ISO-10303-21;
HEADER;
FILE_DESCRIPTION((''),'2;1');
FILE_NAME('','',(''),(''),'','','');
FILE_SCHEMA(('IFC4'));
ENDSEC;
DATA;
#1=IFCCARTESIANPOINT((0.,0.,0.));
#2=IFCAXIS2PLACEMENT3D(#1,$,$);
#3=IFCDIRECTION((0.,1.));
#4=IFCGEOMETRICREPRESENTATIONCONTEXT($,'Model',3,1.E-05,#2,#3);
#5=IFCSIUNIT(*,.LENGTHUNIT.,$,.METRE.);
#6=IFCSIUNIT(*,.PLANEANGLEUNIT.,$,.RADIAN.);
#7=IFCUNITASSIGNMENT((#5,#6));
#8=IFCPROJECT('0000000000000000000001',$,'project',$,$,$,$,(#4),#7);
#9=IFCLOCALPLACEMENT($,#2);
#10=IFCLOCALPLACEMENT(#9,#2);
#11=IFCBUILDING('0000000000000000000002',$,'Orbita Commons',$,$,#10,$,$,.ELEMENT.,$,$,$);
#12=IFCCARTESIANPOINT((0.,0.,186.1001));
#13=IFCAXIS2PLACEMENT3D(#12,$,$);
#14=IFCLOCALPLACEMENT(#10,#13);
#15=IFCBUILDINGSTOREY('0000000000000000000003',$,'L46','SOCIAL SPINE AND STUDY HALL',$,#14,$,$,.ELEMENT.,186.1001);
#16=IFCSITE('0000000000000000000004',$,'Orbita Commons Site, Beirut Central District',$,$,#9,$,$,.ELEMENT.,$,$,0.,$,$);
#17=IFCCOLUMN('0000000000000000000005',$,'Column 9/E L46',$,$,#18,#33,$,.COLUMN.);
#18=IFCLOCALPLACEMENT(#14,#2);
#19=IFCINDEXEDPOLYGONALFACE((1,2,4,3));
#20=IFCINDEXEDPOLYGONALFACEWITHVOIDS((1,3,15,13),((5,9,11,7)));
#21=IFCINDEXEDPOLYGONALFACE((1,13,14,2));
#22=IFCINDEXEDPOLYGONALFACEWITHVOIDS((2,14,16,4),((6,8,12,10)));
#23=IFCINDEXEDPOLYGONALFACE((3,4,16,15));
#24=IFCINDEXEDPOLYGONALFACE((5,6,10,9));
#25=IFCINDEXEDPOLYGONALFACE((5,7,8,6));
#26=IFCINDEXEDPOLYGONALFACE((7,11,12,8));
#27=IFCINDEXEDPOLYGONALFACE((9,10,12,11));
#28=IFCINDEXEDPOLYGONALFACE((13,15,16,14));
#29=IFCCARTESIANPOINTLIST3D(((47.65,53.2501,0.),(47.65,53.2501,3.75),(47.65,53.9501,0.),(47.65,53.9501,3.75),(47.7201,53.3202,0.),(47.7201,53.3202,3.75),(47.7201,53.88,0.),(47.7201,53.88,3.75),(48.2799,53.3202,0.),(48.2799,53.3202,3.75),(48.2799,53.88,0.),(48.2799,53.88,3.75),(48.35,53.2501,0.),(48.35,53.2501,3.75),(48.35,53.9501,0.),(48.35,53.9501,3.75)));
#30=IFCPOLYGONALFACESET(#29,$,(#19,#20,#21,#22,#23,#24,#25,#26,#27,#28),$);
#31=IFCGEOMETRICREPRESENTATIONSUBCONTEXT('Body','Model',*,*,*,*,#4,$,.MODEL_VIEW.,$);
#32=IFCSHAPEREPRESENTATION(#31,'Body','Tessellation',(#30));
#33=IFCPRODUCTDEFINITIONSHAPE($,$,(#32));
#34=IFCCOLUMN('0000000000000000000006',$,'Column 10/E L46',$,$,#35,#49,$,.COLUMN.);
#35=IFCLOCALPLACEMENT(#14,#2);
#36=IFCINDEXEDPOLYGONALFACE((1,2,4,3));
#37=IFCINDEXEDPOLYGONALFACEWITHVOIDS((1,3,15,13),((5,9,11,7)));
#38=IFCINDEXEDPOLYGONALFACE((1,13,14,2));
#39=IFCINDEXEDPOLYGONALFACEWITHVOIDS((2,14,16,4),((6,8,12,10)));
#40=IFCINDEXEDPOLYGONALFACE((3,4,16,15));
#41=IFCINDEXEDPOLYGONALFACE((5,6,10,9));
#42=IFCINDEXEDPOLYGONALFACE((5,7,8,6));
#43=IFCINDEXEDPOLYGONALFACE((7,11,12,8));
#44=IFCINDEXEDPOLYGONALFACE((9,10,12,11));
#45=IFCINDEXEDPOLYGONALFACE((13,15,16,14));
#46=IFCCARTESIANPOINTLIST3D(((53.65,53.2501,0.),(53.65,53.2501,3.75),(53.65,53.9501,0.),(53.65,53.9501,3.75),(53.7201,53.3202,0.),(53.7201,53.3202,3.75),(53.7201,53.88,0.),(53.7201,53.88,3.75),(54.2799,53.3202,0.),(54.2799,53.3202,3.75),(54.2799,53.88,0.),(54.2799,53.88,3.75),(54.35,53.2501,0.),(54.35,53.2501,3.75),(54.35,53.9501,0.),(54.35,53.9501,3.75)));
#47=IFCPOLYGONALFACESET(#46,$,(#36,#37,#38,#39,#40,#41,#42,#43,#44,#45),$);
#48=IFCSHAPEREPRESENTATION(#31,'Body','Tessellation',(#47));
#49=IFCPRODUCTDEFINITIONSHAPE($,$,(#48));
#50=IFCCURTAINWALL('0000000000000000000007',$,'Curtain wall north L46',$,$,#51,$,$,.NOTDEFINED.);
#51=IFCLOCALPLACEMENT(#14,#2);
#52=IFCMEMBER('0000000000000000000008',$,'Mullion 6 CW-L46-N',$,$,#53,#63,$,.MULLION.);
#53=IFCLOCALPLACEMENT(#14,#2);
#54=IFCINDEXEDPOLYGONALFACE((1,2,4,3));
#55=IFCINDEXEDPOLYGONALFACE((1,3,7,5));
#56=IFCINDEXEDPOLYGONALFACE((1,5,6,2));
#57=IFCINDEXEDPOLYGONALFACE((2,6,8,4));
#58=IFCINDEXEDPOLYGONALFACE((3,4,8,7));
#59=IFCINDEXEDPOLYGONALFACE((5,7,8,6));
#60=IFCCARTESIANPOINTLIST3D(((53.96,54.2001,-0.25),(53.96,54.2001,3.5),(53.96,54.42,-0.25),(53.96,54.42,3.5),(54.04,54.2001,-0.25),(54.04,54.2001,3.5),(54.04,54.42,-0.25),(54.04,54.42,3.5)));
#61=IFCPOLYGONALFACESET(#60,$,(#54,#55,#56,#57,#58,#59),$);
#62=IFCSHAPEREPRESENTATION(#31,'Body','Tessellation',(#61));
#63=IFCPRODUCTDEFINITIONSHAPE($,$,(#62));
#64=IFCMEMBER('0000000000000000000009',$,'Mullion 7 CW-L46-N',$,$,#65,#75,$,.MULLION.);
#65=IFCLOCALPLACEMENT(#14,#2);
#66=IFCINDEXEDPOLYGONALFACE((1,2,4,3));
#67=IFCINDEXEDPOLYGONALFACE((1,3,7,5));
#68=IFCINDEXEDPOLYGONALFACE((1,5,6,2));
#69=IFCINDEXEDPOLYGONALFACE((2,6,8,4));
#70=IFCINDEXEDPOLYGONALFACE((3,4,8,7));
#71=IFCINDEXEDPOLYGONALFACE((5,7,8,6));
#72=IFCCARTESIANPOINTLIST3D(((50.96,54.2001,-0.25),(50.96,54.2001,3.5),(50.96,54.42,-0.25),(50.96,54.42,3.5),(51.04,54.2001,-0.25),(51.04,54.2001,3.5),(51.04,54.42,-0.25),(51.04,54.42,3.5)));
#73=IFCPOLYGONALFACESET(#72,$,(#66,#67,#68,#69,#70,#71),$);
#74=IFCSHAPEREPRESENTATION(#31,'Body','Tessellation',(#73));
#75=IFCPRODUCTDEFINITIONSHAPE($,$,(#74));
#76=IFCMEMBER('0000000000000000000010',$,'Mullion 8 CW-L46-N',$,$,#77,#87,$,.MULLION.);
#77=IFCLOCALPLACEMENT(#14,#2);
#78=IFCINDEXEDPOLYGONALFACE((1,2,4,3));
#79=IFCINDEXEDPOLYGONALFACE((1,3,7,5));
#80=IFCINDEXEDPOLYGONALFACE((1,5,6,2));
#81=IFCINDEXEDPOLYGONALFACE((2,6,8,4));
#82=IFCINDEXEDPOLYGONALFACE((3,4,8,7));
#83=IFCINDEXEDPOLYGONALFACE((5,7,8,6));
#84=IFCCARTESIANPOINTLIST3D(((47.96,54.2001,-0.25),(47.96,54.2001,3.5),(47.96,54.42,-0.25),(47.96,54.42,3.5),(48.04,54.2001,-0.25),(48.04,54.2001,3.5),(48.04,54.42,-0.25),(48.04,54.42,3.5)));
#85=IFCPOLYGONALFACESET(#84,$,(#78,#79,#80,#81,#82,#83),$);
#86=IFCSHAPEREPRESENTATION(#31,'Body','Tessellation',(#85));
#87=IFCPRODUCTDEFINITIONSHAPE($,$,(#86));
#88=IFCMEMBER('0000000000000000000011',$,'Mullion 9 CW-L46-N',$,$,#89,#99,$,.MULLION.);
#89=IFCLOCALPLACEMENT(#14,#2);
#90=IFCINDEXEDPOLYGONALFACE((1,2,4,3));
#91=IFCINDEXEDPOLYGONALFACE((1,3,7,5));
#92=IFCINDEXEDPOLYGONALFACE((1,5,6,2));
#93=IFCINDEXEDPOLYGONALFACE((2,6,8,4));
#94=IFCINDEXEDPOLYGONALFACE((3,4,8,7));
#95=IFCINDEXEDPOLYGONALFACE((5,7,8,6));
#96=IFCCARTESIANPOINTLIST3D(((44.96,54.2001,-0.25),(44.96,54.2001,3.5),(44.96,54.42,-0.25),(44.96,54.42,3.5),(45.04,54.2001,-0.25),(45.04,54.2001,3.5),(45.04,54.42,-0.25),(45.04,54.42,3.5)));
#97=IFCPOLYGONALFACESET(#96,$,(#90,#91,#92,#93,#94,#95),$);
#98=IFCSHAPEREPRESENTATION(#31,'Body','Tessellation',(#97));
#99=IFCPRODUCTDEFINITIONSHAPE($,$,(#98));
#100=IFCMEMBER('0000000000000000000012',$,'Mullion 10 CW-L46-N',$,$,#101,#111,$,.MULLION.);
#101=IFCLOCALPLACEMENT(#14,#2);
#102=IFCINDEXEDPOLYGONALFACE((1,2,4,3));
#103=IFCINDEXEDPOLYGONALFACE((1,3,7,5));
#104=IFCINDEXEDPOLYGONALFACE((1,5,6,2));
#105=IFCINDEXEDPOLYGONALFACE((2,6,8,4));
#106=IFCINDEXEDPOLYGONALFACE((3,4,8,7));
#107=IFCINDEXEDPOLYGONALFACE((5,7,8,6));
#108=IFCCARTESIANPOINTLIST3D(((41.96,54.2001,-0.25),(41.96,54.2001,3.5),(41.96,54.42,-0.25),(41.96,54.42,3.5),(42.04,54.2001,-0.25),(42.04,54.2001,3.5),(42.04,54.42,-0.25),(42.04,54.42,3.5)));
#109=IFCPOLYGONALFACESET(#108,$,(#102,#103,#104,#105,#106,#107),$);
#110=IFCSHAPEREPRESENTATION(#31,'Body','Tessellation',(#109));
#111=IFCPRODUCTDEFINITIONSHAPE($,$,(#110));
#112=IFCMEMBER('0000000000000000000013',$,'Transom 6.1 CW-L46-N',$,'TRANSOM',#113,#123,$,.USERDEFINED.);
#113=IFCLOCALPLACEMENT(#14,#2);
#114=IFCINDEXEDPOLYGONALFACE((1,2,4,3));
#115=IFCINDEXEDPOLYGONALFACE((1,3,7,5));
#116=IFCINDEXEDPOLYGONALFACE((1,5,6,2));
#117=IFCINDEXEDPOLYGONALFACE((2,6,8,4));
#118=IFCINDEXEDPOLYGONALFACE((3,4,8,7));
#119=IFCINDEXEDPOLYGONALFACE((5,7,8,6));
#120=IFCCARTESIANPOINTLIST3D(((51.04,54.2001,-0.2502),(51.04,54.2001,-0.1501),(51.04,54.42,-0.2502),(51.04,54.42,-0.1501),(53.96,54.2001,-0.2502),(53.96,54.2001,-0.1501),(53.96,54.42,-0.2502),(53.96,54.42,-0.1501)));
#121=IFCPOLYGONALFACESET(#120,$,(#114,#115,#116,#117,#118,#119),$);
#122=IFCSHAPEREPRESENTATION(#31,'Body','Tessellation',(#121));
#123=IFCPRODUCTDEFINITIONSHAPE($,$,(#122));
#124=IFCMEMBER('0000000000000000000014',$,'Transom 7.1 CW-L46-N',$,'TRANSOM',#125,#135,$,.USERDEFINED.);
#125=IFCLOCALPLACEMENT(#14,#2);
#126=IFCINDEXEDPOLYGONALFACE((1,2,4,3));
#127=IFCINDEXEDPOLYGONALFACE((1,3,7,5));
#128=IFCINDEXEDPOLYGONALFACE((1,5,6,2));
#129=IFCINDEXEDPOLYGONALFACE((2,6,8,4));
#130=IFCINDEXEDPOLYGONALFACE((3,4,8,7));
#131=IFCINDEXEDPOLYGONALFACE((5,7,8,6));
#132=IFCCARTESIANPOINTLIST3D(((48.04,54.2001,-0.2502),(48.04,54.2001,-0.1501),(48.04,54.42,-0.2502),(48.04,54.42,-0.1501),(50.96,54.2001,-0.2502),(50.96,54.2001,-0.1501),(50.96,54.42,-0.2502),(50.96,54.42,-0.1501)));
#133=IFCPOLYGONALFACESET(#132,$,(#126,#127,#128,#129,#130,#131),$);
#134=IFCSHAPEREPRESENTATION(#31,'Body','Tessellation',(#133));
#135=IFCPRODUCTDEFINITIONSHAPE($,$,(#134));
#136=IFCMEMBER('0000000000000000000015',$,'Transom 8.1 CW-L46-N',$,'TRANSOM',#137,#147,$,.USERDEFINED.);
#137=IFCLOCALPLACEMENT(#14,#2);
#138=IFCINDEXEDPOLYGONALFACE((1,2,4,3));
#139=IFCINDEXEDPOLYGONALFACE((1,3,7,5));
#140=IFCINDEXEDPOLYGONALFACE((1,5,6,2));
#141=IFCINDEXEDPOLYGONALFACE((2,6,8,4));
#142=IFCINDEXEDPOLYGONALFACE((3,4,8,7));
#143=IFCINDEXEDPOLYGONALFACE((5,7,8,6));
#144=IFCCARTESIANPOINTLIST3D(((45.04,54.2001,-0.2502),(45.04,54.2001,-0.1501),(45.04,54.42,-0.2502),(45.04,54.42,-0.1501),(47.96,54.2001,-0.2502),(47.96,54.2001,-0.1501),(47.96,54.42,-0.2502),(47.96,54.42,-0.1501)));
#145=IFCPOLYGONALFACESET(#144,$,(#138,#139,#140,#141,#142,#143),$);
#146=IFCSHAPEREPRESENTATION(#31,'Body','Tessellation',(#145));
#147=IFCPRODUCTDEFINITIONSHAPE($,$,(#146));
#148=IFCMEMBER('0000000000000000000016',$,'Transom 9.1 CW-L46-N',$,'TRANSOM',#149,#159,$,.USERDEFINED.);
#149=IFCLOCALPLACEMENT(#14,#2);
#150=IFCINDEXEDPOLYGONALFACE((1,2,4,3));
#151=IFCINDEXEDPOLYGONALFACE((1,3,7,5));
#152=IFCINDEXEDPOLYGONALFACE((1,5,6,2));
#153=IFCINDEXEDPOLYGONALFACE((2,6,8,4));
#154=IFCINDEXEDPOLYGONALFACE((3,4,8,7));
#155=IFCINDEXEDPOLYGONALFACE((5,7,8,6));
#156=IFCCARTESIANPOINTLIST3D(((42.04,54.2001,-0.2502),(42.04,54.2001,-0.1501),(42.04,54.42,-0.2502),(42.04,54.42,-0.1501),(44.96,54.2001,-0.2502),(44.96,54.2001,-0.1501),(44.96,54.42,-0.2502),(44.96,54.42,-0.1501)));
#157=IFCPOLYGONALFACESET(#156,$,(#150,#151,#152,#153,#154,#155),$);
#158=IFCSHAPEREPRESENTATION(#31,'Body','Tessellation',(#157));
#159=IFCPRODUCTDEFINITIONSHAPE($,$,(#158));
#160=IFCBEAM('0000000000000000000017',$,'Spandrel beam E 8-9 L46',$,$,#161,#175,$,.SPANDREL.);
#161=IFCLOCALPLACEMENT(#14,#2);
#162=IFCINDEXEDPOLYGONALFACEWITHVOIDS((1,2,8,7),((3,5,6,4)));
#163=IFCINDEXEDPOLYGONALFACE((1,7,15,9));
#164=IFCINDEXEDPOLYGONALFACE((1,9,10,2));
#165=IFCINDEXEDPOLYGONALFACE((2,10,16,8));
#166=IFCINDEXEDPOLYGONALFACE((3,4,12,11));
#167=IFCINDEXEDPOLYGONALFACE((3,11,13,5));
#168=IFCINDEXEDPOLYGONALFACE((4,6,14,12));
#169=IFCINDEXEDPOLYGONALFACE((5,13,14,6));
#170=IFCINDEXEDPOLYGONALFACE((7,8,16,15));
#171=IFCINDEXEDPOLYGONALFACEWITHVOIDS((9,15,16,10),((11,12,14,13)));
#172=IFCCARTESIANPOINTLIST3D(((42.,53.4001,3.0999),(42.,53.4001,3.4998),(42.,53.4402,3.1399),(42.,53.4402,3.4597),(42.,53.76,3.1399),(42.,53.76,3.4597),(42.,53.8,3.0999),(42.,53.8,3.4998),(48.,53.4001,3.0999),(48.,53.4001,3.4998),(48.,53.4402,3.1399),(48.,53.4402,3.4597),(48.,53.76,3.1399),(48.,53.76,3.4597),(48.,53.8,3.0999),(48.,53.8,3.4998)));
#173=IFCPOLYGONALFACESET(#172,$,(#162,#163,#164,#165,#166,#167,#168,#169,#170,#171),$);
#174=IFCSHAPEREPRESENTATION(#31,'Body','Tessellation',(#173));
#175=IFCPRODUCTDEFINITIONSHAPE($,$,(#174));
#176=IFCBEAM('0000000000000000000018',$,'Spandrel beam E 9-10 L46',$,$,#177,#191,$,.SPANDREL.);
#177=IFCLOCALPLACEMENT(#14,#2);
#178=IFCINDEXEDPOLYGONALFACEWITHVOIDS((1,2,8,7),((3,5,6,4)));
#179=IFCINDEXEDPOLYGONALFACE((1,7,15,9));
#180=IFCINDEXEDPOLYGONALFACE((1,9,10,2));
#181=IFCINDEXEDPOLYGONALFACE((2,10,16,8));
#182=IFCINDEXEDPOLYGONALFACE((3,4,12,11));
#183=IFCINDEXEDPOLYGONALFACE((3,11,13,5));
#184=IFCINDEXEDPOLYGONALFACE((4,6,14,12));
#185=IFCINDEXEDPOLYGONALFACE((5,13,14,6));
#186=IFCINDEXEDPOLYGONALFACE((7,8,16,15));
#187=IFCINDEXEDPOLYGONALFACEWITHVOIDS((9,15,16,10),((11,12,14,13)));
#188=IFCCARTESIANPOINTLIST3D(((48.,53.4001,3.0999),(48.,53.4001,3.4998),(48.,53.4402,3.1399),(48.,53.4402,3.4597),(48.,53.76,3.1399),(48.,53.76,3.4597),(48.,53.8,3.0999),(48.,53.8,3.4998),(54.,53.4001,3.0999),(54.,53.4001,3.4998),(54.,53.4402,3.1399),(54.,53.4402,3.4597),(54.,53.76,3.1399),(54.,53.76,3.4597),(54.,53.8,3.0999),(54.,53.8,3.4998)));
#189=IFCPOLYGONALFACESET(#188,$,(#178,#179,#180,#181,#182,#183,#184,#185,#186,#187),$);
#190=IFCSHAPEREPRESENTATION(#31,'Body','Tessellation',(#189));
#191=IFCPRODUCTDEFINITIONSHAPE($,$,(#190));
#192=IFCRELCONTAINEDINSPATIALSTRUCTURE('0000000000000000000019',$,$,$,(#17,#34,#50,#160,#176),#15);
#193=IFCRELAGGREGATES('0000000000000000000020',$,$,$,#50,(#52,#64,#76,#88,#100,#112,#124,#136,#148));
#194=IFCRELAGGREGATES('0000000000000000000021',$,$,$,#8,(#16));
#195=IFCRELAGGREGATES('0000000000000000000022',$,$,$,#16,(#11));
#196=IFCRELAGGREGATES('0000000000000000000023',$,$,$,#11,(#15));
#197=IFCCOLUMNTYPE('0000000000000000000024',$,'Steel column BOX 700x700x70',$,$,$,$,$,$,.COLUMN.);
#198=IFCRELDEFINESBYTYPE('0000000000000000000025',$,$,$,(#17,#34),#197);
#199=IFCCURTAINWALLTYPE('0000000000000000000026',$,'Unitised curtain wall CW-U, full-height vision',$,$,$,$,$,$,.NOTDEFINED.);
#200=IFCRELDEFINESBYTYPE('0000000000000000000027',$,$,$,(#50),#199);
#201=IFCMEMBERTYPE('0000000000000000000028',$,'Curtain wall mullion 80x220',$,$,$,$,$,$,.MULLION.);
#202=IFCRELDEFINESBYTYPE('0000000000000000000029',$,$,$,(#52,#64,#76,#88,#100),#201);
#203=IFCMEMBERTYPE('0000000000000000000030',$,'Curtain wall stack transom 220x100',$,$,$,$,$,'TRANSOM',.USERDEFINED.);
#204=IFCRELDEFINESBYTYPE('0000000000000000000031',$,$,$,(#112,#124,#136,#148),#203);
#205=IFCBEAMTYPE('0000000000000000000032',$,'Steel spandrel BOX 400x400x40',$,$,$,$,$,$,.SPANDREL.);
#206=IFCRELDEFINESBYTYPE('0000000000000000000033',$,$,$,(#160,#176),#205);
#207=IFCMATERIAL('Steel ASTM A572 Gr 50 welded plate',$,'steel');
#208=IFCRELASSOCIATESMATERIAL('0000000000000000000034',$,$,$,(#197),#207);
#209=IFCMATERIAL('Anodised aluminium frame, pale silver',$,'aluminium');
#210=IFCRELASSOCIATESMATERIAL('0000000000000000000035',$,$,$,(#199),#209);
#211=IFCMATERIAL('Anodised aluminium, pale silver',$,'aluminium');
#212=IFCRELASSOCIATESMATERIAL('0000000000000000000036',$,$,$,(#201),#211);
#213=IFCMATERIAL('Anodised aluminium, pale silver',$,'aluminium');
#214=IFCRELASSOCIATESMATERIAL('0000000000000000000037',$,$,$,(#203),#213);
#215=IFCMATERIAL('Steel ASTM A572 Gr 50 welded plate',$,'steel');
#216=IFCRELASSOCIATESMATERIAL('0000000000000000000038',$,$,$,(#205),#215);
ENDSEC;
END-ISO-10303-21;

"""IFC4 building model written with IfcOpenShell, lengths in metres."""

from ifc_helpers import new_model, si_unit, direction, frame, origin, origin_2d, place, context, subcontext, project, spatial, rectangle, hollow_rectangle, extrude, material, material_profile, profile_set, type_object, element, aggregate, save


model = new_model("IFC4")

# Units and contexts
model_context = context("Model", 3, precision=1e-05, world=origin(), true_north=direction((0.0, 1.0)))
body_context = subcontext(model_context, "Body", "Model", "MODEL_VIEW")
ifc_project = project(units=[si_unit("LENGTHUNIT", "METRE"), si_unit("PLANEANGLEUNIT", "RADIAN")], contexts=[model_context])

# Site, building, storey
site_placement = place(None, origin())
site = spatial("IfcSite", under=ifc_project, at=site_placement, Name="Orbita Commons Site, Beirut Central District", CompositionType="ELEMENT", RefElevation=0.0)
building_placement = place(site_placement, origin())
building = spatial("IfcBuilding", under=site, at=building_placement, Name="Orbita Commons", CompositionType="ELEMENT")
storey_placement = place(building_placement, frame((0.0, 0.0, 186.1001)))
storey = spatial("IfcBuildingStorey", under=building, at=storey_placement, Name="L46", Description="SOCIAL SPINE AND STUDY HALL", CompositionType="ELEMENT", Elevation=186.1001)

# Columns
ifc_material_1 = material(Name="Steel ASTM A572 Gr 50 welded plate", Category="steel")
ifc_material_profile_1 = material_profile(ifc_material_1, hollow_rectangle(XDim=0.7, YDim=0.7, WallThickness=0.0701, at=origin_2d()), Name="BOX 700x700x70")
ifc_profile_set_1 = profile_set([ifc_material_profile_1], Name="Steel ASTM A572 Gr 50 welded plate")
column_type = type_object("IfcColumnType", Name="Steel column BOX 700x700x70", PredefinedType="COLUMN", material=ifc_profile_set_1)
for number, where, z_axis, x_axis, name in (
    (1, (48.0, 53.6001, 0.0), (0.0, 0.0, 1.0), (1.0, 0.0, 0.0), "Column 9/E L46"),
    (2, (54.0, 53.6001, 0.0), (0.0, 0.0, 1.0), (1.0, 0.0, 0.0), "Column 10/E L46"),
):
    element("IfcColumn", number, at=place(storey_placement, frame(where, z_axis=z_axis, x_axis=x_axis)), inside=storey, type_object=column_type, Name=name, PredefinedType="COLUMN", context=body_context, shape_type="SweptSolid", body=[
        extrude(hollow_rectangle(XDim=0.7, YDim=0.7, WallThickness=0.0701, at=origin_2d()), origin(), (0.0, 0.0, 1.0), 3.75),
    ])

# Curtain wall, members
ifc_material_2 = material(Name="Anodised aluminium frame, pale silver", Category="aluminium")
curtain_wall_type = type_object("IfcCurtainWallType", Name="Unitised curtain wall CW-U, full-height vision", PredefinedType="NOTDEFINED", material=ifc_material_2)
curtain_wall_placement = place(storey_placement, origin())
curtain_wall = element("IfcCurtainWall", 3, at=curtain_wall_placement, inside=storey, type_object=curtain_wall_type, Name="Curtain wall north L46", PredefinedType="NOTDEFINED")
ifc_material_3 = material(Name="Anodised aluminium, pale silver", Category="aluminium")
ifc_material_profile_2 = material_profile(ifc_material_3, rectangle(XDim=0.0801, YDim=0.22, at=origin_2d()), Name="AL 80x220")
ifc_profile_set_2 = profile_set([ifc_material_profile_2], Name="Anodised aluminium, pale silver")
member_type_1 = type_object("IfcMemberType", Name="Curtain wall mullion 80x220", PredefinedType="MULLION", material=ifc_profile_set_2)
member_1_placement = place(storey_placement, frame((54.0, 54.3101, -0.25), z_axis=(0.0, 0.0, 1.0), x_axis=(-1.0, 0.0, 0.0)))
member_1 = element("IfcMember", 4, at=member_1_placement, type_object=member_type_1, Name="Mullion 6 CW-L46-N", PredefinedType="MULLION", context=body_context, shape_type="SweptSolid", body=[
    extrude(rectangle(XDim=0.0801, YDim=0.22, at=origin_2d()), origin(), (0.0, 0.0, 1.0), 3.75),
])
member_2_placement = place(storey_placement, frame((51.0, 54.3101, -0.25), z_axis=(0.0, 0.0, 1.0), x_axis=(-1.0, 0.0, 0.0)))
member_2 = element("IfcMember", 5, at=member_2_placement, type_object=member_type_1, Name="Mullion 7 CW-L46-N", PredefinedType="MULLION", context=body_context, shape_type="SweptSolid", body=[
    extrude(rectangle(XDim=0.0801, YDim=0.22, at=origin_2d()), origin(), (0.0, 0.0, 1.0), 3.75),
])
member_3_placement = place(storey_placement, frame((48.0, 54.3101, -0.25), z_axis=(0.0, 0.0, 1.0), x_axis=(-1.0, 0.0, 0.0)))
member_3 = element("IfcMember", 6, at=member_3_placement, type_object=member_type_1, Name="Mullion 8 CW-L46-N", PredefinedType="MULLION", context=body_context, shape_type="SweptSolid", body=[
    extrude(rectangle(XDim=0.0801, YDim=0.22, at=origin_2d()), origin(), (0.0, 0.0, 1.0), 3.75),
])
member_4_placement = place(storey_placement, frame((45.0, 54.3101, -0.25), z_axis=(0.0, 0.0, 1.0), x_axis=(-1.0, 0.0, 0.0)))
member_4 = element("IfcMember", 7, at=member_4_placement, type_object=member_type_1, Name="Mullion 9 CW-L46-N", PredefinedType="MULLION", context=body_context, shape_type="SweptSolid", body=[
    extrude(rectangle(XDim=0.0801, YDim=0.22, at=origin_2d()), origin(), (0.0, 0.0, 1.0), 3.75),
])
member_5_placement = place(storey_placement, frame((42.0, 54.3101, -0.25), z_axis=(0.0, 0.0, 1.0), x_axis=(-1.0, 0.0, 0.0)))
member_5 = element("IfcMember", 8, at=member_5_placement, type_object=member_type_1, Name="Mullion 10 CW-L46-N", PredefinedType="MULLION", context=body_context, shape_type="SweptSolid", body=[
    extrude(rectangle(XDim=0.0801, YDim=0.22, at=origin_2d()), origin(), (0.0, 0.0, 1.0), 3.75),
])
ifc_material_4 = material(Name="Anodised aluminium, pale silver", Category="aluminium")
ifc_material_profile_3 = material_profile(ifc_material_4, rectangle(XDim=0.22, YDim=0.1001, at=origin_2d()), Name="AL 220x100")
ifc_profile_set_3 = profile_set([ifc_material_profile_3], Name="Anodised aluminium, pale silver")
member_type_2 = type_object("IfcMemberType", Name="Curtain wall stack transom 220x100", ElementType="TRANSOM", PredefinedType="USERDEFINED", material=ifc_profile_set_3)
member_6_placement = place(storey_placement, frame((53.96, 54.3101, -0.2002), z_axis=(-1.0, 0.0, 0.0), x_axis=(0.0, -1.0, 0.0)))
member_6 = element("IfcMember", 9, at=member_6_placement, type_object=member_type_2, Name="Transom 6.1 CW-L46-N", ObjectType="TRANSOM", PredefinedType="USERDEFINED", context=body_context, shape_type="SweptSolid", body=[
    extrude(rectangle(XDim=0.22, YDim=0.1001, at=origin_2d()), origin(), (0.0, 0.0, 1.0), 2.9199),
])
member_7_placement = place(storey_placement, frame((50.96, 54.3101, -0.2002), z_axis=(-1.0, 0.0, 0.0), x_axis=(0.0, -1.0, 0.0)))
member_7 = element("IfcMember", 10, at=member_7_placement, type_object=member_type_2, Name="Transom 7.1 CW-L46-N", ObjectType="TRANSOM", PredefinedType="USERDEFINED", context=body_context, shape_type="SweptSolid", body=[
    extrude(rectangle(XDim=0.22, YDim=0.1001, at=origin_2d()), origin(), (0.0, 0.0, 1.0), 2.9199),
])
member_8_placement = place(storey_placement, frame((47.96, 54.3101, -0.2002), z_axis=(-1.0, 0.0, 0.0), x_axis=(0.0, -1.0, 0.0)))
member_8 = element("IfcMember", 11, at=member_8_placement, type_object=member_type_2, Name="Transom 8.1 CW-L46-N", ObjectType="TRANSOM", PredefinedType="USERDEFINED", context=body_context, shape_type="SweptSolid", body=[
    extrude(rectangle(XDim=0.22, YDim=0.1001, at=origin_2d()), origin(), (0.0, 0.0, 1.0), 2.9199),
])
member_9_placement = place(storey_placement, frame((44.96, 54.3101, -0.2002), z_axis=(-1.0, 0.0, 0.0), x_axis=(0.0, -1.0, 0.0)))
member_9 = element("IfcMember", 12, at=member_9_placement, type_object=member_type_2, Name="Transom 9.1 CW-L46-N", ObjectType="TRANSOM", PredefinedType="USERDEFINED", context=body_context, shape_type="SweptSolid", body=[
    extrude(rectangle(XDim=0.22, YDim=0.1001, at=origin_2d()), origin(), (0.0, 0.0, 1.0), 2.9199),
])

# Beams
ifc_material_5 = material(Name="Steel ASTM A572 Gr 50 welded plate", Category="steel")
ifc_material_profile_4 = material_profile(ifc_material_5, hollow_rectangle(XDim=0.3999, YDim=0.3999, WallThickness=0.04, at=origin_2d()), Name="BOX 400x400x40")
ifc_profile_set_4 = profile_set([ifc_material_profile_4], Name="Steel ASTM A572 Gr 50 welded plate")
beam_type = type_object("IfcBeamType", Name="Steel spandrel BOX 400x400x40", PredefinedType="SPANDREL", material=ifc_profile_set_4)
for number, where, z_axis, x_axis, name in (
    (13, (42.0, 53.6001, 3.2998), (1.0, 0.0, 0.0), (0.0, 1.0, 0.0), "Spandrel beam E 8-9 L46"),
    (14, (48.0, 53.6001, 3.2998), (1.0, 0.0, 0.0), (0.0, 1.0, 0.0), "Spandrel beam E 9-10 L46"),
):
    element("IfcBeam", number, at=place(storey_placement, frame(where, z_axis=z_axis, x_axis=x_axis)), inside=storey, type_object=beam_type, Name=name, PredefinedType="SPANDREL", context=body_context, shape_type="SweptSolid", body=[
        extrude(hollow_rectangle(XDim=0.3999, YDim=0.3999, WallThickness=0.04, at=origin_2d()), origin(), (0.0, 0.0, 1.0), 6.0),
    ])

aggregate(curtain_wall, [member_1, member_2, member_3, member_4, member_5, member_6, member_7, member_8, member_9])

save(model, "model.ifc")
